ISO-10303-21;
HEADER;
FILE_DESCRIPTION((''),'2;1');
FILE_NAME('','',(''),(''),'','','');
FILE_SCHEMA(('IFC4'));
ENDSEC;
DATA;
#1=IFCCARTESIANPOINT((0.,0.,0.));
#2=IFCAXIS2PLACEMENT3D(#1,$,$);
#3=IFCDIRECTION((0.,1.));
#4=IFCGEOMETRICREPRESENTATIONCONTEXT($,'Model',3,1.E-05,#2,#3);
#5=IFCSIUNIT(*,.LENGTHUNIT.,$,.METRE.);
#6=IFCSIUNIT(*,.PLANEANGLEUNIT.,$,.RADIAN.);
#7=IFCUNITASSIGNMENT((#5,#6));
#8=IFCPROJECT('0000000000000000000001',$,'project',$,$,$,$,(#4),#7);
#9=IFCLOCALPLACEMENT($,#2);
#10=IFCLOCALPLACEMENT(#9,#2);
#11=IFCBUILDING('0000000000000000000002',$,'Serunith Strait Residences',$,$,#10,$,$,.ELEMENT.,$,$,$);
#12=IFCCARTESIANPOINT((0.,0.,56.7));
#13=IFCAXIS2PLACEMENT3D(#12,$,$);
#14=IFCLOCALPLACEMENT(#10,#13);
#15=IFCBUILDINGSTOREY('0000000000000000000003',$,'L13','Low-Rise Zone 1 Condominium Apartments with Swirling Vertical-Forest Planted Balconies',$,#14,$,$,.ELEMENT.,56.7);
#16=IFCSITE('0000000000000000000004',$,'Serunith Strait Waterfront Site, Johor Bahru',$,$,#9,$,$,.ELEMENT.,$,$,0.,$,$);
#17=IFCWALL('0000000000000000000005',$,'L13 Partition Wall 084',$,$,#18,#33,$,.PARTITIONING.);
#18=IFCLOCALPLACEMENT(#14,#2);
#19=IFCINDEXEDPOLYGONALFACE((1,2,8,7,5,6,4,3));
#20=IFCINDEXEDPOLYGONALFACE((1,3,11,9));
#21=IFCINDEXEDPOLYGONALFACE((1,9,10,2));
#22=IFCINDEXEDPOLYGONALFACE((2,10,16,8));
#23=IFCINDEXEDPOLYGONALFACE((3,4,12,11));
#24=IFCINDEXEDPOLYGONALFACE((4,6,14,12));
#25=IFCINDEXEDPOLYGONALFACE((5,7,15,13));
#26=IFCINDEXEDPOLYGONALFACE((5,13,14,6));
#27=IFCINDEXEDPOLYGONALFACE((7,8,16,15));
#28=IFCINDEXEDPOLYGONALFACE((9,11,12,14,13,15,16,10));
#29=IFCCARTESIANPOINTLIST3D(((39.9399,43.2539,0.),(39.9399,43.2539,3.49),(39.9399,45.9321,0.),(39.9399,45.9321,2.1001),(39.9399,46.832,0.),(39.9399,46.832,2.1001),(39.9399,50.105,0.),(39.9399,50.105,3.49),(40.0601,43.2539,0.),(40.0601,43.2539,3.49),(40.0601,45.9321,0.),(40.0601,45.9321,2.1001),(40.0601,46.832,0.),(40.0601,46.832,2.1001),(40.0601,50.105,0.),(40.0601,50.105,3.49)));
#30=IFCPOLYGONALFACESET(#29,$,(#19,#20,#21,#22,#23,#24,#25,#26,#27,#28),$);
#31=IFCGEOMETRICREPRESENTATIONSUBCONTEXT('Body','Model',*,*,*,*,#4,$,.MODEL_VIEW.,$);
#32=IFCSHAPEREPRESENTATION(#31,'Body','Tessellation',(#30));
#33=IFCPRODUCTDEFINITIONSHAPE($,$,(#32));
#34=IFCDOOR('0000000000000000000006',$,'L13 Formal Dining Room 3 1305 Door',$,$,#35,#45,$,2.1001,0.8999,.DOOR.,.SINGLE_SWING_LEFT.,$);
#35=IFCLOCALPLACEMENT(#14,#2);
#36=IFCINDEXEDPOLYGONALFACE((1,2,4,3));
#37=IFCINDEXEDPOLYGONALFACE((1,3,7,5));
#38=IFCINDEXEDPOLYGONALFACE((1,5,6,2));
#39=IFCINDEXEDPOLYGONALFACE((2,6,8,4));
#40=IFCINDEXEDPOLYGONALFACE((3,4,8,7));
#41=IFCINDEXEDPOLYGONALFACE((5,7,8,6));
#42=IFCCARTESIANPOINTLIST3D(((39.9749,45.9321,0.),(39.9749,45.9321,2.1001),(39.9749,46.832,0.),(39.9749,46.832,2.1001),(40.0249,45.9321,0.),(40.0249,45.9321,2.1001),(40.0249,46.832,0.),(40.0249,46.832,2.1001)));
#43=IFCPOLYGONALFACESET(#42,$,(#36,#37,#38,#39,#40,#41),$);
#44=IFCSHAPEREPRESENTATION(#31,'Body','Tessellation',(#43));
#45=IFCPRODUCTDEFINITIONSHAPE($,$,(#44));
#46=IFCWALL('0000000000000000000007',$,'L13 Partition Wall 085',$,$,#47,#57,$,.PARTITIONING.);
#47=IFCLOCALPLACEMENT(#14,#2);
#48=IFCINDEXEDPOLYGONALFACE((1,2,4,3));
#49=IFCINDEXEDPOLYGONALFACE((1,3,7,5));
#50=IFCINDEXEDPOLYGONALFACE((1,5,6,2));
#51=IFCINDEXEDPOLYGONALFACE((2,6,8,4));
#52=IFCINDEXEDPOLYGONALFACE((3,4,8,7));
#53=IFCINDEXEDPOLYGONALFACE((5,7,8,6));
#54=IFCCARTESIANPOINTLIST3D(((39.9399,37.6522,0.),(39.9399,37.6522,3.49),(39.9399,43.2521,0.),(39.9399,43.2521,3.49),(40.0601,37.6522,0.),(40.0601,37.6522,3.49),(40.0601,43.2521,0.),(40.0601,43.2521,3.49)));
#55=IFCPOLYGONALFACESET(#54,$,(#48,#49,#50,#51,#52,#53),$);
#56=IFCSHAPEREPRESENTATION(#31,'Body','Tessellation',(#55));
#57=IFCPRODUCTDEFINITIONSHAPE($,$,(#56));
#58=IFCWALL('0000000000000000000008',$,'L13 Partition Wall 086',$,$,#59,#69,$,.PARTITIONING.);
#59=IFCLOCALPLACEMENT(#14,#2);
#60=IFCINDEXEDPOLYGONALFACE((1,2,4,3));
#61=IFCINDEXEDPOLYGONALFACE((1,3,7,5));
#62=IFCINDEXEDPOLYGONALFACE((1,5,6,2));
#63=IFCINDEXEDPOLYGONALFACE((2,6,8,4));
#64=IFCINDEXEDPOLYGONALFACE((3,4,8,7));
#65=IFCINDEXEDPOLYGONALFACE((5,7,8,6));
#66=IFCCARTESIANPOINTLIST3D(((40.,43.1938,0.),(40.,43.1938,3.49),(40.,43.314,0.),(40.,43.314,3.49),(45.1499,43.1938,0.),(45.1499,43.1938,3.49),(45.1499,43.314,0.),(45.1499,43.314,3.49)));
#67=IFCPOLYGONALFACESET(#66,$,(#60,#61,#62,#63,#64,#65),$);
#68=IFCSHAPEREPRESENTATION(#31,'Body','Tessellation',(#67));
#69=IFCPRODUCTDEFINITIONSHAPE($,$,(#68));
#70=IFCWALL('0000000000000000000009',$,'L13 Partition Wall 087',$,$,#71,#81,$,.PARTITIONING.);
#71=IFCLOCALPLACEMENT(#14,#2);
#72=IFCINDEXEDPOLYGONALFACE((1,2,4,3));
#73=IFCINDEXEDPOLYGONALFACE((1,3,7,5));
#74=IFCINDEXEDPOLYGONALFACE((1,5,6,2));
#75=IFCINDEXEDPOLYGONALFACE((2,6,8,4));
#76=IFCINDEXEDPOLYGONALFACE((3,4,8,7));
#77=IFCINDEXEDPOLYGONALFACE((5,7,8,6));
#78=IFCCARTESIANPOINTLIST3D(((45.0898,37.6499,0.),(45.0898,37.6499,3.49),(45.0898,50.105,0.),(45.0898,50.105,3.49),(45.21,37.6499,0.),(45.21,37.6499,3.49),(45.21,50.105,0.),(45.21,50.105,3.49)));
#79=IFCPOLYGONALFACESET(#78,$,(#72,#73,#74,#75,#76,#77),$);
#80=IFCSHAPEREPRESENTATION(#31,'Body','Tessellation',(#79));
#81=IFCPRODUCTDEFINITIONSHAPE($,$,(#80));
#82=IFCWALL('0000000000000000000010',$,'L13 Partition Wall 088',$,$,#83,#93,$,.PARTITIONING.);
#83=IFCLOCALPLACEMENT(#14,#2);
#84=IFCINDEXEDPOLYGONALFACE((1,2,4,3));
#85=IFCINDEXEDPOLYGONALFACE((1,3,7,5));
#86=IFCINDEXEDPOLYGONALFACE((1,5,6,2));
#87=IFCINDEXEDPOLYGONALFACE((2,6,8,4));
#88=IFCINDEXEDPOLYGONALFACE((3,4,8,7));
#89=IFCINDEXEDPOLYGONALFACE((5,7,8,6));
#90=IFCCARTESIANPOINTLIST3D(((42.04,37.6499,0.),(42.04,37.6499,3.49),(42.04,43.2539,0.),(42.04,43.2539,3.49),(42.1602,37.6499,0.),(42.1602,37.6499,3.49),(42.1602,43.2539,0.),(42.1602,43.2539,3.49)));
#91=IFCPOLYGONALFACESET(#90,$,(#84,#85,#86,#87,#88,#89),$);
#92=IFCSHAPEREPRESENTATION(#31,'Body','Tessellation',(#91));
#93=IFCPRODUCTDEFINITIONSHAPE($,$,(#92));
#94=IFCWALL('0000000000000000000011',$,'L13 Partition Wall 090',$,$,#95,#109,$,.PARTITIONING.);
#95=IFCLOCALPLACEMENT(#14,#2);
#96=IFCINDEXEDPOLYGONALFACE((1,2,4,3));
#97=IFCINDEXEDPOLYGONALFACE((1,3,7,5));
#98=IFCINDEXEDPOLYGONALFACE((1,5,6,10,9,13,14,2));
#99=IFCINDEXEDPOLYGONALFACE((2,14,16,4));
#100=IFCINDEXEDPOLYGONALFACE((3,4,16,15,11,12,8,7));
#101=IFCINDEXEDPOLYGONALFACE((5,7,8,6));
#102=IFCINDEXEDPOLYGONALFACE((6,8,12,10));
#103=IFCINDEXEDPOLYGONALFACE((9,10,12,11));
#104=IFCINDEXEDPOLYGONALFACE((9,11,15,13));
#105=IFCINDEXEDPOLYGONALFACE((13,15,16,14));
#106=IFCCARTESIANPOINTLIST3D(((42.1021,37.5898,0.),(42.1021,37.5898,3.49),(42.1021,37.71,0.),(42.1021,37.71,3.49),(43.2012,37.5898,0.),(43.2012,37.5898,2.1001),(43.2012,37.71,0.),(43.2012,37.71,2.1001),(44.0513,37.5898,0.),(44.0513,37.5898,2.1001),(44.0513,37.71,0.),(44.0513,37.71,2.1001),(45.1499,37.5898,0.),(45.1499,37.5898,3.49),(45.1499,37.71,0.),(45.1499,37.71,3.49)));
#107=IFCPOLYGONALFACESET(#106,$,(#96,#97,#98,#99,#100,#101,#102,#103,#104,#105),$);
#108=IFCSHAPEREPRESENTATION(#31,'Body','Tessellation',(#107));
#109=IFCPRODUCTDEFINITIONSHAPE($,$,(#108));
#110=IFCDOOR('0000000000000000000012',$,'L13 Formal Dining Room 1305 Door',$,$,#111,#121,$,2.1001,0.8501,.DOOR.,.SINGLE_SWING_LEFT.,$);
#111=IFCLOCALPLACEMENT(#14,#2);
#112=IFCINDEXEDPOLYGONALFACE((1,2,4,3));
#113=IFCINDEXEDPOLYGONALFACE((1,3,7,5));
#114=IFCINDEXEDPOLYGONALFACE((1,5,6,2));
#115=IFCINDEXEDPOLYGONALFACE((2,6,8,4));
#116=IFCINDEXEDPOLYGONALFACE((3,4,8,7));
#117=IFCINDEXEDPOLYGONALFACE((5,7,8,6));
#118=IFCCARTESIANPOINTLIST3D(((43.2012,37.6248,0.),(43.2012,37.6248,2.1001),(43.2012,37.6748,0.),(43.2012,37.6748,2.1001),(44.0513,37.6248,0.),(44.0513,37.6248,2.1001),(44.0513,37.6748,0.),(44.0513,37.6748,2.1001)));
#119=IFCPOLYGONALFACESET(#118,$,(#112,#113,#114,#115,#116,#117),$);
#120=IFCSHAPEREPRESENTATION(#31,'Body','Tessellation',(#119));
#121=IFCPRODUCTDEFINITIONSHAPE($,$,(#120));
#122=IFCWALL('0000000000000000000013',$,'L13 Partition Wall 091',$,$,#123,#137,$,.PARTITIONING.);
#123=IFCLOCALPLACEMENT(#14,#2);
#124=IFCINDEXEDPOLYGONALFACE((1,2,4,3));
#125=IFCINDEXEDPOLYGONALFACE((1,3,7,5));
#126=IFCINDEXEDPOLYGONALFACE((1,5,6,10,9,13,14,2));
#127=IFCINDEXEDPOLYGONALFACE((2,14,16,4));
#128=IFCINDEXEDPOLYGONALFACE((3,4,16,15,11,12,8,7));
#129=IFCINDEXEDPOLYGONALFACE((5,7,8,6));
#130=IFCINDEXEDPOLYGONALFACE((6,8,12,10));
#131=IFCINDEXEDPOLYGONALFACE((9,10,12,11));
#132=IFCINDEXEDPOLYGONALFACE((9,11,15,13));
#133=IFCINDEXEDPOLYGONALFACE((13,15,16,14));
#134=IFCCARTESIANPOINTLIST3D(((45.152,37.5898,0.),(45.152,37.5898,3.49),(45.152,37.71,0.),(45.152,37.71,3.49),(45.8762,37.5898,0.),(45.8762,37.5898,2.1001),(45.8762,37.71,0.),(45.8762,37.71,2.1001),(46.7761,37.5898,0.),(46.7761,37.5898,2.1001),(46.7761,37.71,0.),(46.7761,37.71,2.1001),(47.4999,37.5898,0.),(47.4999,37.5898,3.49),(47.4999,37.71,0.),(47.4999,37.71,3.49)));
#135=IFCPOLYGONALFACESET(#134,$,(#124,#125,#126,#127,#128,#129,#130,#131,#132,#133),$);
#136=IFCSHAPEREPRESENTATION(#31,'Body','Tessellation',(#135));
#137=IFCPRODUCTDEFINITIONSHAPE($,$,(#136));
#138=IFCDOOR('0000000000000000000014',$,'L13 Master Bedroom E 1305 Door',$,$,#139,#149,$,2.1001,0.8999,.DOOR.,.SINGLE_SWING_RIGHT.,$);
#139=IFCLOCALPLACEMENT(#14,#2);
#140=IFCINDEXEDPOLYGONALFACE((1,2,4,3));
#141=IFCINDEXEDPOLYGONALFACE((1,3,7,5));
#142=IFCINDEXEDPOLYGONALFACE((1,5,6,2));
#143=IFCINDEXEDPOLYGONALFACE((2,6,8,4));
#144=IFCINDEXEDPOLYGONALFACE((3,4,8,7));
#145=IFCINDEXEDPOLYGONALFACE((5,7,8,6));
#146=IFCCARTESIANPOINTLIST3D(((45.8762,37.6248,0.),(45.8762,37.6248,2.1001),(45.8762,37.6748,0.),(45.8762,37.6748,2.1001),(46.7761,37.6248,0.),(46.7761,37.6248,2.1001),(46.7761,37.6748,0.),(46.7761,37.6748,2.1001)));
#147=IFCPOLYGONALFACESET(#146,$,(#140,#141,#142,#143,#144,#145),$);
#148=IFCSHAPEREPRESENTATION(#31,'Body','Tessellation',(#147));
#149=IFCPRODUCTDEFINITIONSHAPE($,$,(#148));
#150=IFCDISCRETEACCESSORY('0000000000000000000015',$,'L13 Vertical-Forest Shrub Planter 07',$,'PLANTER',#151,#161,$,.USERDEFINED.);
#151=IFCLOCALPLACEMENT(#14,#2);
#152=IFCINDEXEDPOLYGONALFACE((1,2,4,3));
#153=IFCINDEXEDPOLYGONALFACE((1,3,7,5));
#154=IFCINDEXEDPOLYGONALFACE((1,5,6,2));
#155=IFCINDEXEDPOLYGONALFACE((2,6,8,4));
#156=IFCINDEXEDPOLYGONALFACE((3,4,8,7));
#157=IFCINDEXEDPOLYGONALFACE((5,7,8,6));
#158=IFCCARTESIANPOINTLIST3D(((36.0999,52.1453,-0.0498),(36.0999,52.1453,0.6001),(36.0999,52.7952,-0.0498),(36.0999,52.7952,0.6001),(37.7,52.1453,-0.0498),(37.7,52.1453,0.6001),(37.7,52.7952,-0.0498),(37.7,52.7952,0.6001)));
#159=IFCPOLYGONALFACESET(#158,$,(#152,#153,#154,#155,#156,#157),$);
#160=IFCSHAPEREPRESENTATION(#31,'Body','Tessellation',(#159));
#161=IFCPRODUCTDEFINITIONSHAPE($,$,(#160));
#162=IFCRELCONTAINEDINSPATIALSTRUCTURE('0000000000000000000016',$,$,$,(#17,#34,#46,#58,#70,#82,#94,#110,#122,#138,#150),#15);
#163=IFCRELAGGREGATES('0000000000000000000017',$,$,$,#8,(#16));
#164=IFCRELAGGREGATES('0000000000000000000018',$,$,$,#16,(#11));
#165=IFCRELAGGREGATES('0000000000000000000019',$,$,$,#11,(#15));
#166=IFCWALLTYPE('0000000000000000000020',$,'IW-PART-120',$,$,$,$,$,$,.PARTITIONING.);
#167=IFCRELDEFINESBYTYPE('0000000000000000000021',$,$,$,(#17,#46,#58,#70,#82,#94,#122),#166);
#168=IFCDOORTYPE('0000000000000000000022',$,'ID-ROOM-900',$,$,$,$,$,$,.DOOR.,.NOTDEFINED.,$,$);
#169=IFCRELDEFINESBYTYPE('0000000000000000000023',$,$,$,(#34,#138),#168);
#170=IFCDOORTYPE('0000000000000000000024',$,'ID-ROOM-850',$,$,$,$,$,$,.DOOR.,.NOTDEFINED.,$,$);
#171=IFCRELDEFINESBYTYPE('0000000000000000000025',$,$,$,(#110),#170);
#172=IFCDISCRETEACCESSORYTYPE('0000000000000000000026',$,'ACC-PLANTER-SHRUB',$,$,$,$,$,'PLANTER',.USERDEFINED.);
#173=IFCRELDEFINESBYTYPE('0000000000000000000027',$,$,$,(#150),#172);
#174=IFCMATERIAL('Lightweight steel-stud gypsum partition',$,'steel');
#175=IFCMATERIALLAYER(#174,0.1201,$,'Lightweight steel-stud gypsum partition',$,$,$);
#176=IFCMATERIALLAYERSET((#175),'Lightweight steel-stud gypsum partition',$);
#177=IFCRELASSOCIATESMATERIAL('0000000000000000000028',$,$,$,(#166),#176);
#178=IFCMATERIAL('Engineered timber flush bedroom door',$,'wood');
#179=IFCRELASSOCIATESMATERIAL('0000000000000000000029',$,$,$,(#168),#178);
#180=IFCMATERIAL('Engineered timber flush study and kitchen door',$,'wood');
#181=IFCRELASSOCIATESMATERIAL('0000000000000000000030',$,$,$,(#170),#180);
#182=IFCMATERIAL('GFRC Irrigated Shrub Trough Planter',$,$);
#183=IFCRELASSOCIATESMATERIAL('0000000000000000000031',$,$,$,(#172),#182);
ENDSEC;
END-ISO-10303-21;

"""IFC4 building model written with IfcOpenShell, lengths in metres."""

from ifc_helpers import new_model, si_unit, direction, frame, frame_2d, origin, origin_2d, place, context, subcontext, project, spatial, rectangle, extrude, source, transform, mapped, material, layer, layer_set, type_object, element, fill, save


model = new_model("IFC4")

# Units and contexts
model_context = context("Model", 3, precision=1e-05, world=origin(), true_north=direction((0.0, 1.0)))
body_context = subcontext(model_context, "Body", "Model", "MODEL_VIEW")
ifc_project = project(units=[si_unit("LENGTHUNIT", "METRE"), si_unit("PLANEANGLEUNIT", "RADIAN")], contexts=[model_context])

# Site, building, storey
site_placement = place(None, origin())
site = spatial("IfcSite", under=ifc_project, at=site_placement, Name="Serunith Strait Waterfront Site, Johor Bahru", CompositionType="ELEMENT", RefElevation=0.0)
building_placement = place(site_placement, origin())
building = spatial("IfcBuilding", under=site, at=building_placement, Name="Serunith Strait Residences", CompositionType="ELEMENT")
storey_placement = place(building_placement, frame((0.0, 0.0, 56.7)))
storey = spatial("IfcBuildingStorey", under=building, at=storey_placement, Name="L13", Description="Low-Rise Zone 1 Condominium Apartments with Swirling Vertical-Forest Planted Balconies", CompositionType="ELEMENT", Elevation=56.7)

# Shared definitions
ifc_material_1 = material(Name="Lightweight steel-stud gypsum partition", Category="steel")
ifc_layer_1 = layer(ifc_material_1, 0.1201, Name="Lightweight steel-stud gypsum partition")
ifc_layer_set_1 = layer_set([ifc_layer_1], Name="Lightweight steel-stud gypsum partition")
wall_type_1 = type_object("IfcWallType", Name="IW-PART-120", PredefinedType="PARTITIONING", material=ifc_layer_set_1)

# Shared definitions
ifc_material_2 = material(Name="Engineered timber flush bedroom door", Category="wood")
door_type_1 = type_object("IfcDoorType", Name="ID-ROOM-900", OperationType="NOTDEFINED", PredefinedType="DOOR", material=ifc_material_2)
shared_shape_1 = source(origin(), body_context, "Body", "SweptSolid", [
    extrude(rectangle(XDim=0.8999, YDim=2.1001, at=frame_2d((0.45, 1.05))), frame((0.0, 0.0249, 0.0), z_axis=(0.0, -1.0, 0.0), x_axis=(1.0, 0.0, 0.0)), (0.0, 0.0, 1.0), 0.05),
])

# Wall, opening, door
wall_1_placement = place(storey_placement, frame((40.0, 50.105, 0.0), z_axis=(0.0, 0.0, 1.0), x_axis=(0.0, -1.0, 0.0)))
wall_1 = element("IfcWall", 1, at=wall_1_placement, inside=storey, type_object=wall_type_1, Name="L13 Partition Wall 084", PredefinedType="PARTITIONING", context=body_context, shape_type="SweptSolid", body=[
    extrude(rectangle(XDim=6.8511, YDim=0.1201, at=frame_2d((3.4255, 0.0))), origin(), (0.0, 0.0, 1.0), 3.49),
])
opening_1_placement = place(wall_1_placement, frame((3.2729, 0.0, 0.0)))
opening_1 = element("IfcOpeningElement", 2, at=opening_1_placement, cuts=wall_1, PredefinedType="OPENING", context=body_context, shape_type="SweptSolid", body=[
    extrude(rectangle(XDim=0.8999, YDim=2.1001, at=frame_2d((0.45, 1.05))), frame((0.0, 0.0701, 0.0), z_axis=(0.0, -1.0, 0.0), x_axis=(1.0, 0.0, 0.0)), (0.0, 0.0, 1.0), 0.1401),
])
door_1_placement = place(opening_1_placement, origin())
door_1 = element("IfcDoor", 3, at=door_1_placement, inside=storey, type_object=door_type_1, Name="L13 Formal Dining Room 3 1305 Door", OperationType="SINGLE_SWING_LEFT", OverallHeight=2.1001, OverallWidth=0.8999, PredefinedType="DOOR", context=body_context, shape_type="MappedRepresentation", body=[
    mapped(shared_shape_1, transform((0.0, 0.0, 0.0), scale=1.0)),
])
fill(opening_1, door_1)

# Walls
wall_2_placement = place(storey_placement, frame((40.0, 43.252, 0.0), z_axis=(0.0, 0.0, 1.0), x_axis=(0.0, -1.0, 0.0)))
element("IfcWall", 4, at=wall_2_placement, inside=storey, type_object=wall_type_1, Name="L13 Partition Wall 085", PredefinedType="PARTITIONING", context=body_context, shape_type="SweptSolid", body=[
    extrude(rectangle(XDim=5.5999, YDim=0.1201, at=frame_2d((2.7998, 0.0))), origin(), (0.0, 0.0, 1.0), 3.49),
])
wall_3_placement = place(storey_placement, frame((40.0, 43.2539, 0.0), z_axis=(0.0, 0.0, 1.0), x_axis=(1.0, 0.0, 0.0)))
element("IfcWall", 5, at=wall_3_placement, inside=storey, type_object=wall_type_1, Name="L13 Partition Wall 086", PredefinedType="PARTITIONING", context=body_context, shape_type="SweptSolid", body=[
    extrude(rectangle(XDim=5.1499, YDim=0.1201, at=frame_2d((2.575, 0.0))), origin(), (0.0, 0.0, 1.0), 3.49),
])
wall_4_placement = place(storey_placement, frame((45.1499, 50.105, 0.0), z_axis=(0.0, 0.0, 1.0), x_axis=(0.0, -1.0, 0.0)))
element("IfcWall", 6, at=wall_4_placement, inside=storey, type_object=wall_type_1, Name="L13 Partition Wall 087", PredefinedType="PARTITIONING", context=body_context, shape_type="SweptSolid", body=[
    extrude(rectangle(XDim=12.4551, YDim=0.1201, at=frame_2d((6.2275, 0.0))), origin(), (0.0, 0.0, 1.0), 3.49),
])
wall_5_placement = place(storey_placement, frame((42.1001, 43.2539, 0.0), z_axis=(0.0, 0.0, 1.0), x_axis=(0.0, -1.0, 0.0)))
element("IfcWall", 7, at=wall_5_placement, inside=storey, type_object=wall_type_1, Name="L13 Partition Wall 088", PredefinedType="PARTITIONING", context=body_context, shape_type="SweptSolid", body=[
    extrude(rectangle(XDim=5.604, YDim=0.1201, at=frame_2d((2.802, 0.0))), origin(), (0.0, 0.0, 1.0), 3.49),
])

# Walls, openings, doors
wall_6_placement = place(storey_placement, frame((42.1021, 37.6499, 0.0), z_axis=(0.0, 0.0, 1.0), x_axis=(1.0, 0.0, 0.0)))
wall_6 = element("IfcWall", 8, at=wall_6_placement, inside=storey, type_object=wall_type_1, Name="L13 Partition Wall 090", PredefinedType="PARTITIONING", context=body_context, shape_type="SweptSolid", body=[
    extrude(rectangle(XDim=3.0479, YDim=0.1201, at=frame_2d((1.5239, 0.0))), origin(), (0.0, 0.0, 1.0), 3.49),
])
opening_2_placement = place(wall_6_placement, frame((1.0991, 0.0, 0.0)))
opening_2 = element("IfcOpeningElement", 9, at=opening_2_placement, cuts=wall_6, PredefinedType="OPENING", context=body_context, shape_type="SweptSolid", body=[
    extrude(rectangle(XDim=0.8501, YDim=2.1001, at=frame_2d((0.425, 1.05))), frame((0.0, 0.0701, 0.0), z_axis=(0.0, -1.0, 0.0), x_axis=(1.0, 0.0, 0.0)), (0.0, 0.0, 1.0), 0.1401),
])
ifc_material_3 = material(Name="Engineered timber flush study and kitchen door", Category="wood")
door_type_2 = type_object("IfcDoorType", Name="ID-ROOM-850", OperationType="NOTDEFINED", PredefinedType="DOOR", material=ifc_material_3)
shared_shape_2 = source(origin(), body_context, "Body", "SweptSolid", [
    extrude(rectangle(XDim=0.8501, YDim=2.1001, at=frame_2d((0.425, 1.05))), frame((0.0, 0.0249, 0.0), z_axis=(0.0, -1.0, 0.0), x_axis=(1.0, 0.0, 0.0)), (0.0, 0.0, 1.0), 0.05),
])
door_2_placement = place(opening_2_placement, origin())
door_2 = element("IfcDoor", 10, at=door_2_placement, inside=storey, type_object=door_type_2, Name="L13 Formal Dining Room 1305 Door", OperationType="SINGLE_SWING_LEFT", OverallHeight=2.1001, OverallWidth=0.8501, PredefinedType="DOOR", context=body_context, shape_type="MappedRepresentation", body=[
    mapped(shared_shape_2, transform((0.0, 0.0, 0.0), scale=1.0)),
])
fill(opening_2, door_2)
wall_7_placement = place(storey_placement, frame((45.1521, 37.6499, 0.0), z_axis=(0.0, 0.0, 1.0), x_axis=(1.0, 0.0, 0.0)))
wall_7 = element("IfcWall", 11, at=wall_7_placement, inside=storey, type_object=wall_type_1, Name="L13 Partition Wall 091", PredefinedType="PARTITIONING", context=body_context, shape_type="SweptSolid", body=[
    extrude(rectangle(XDim=2.3479, YDim=0.1201, at=frame_2d((1.1738, 0.0))), origin(), (0.0, 0.0, 1.0), 3.49),
])
opening_3_placement = place(wall_7_placement, frame((0.7241, 0.0, 0.0)))
opening_3 = element("IfcOpeningElement", 12, at=opening_3_placement, cuts=wall_7, PredefinedType="OPENING", context=body_context, shape_type="SweptSolid", body=[
    extrude(rectangle(XDim=0.8999, YDim=2.1001, at=frame_2d((0.45, 1.05))), frame((0.0, 0.0701, 0.0), z_axis=(0.0, -1.0, 0.0), x_axis=(1.0, 0.0, 0.0)), (0.0, 0.0, 1.0), 0.1401),
])
door_3_placement = place(opening_3_placement, origin())
door_3 = element("IfcDoor", 13, at=door_3_placement, inside=storey, type_object=door_type_1, Name="L13 Master Bedroom E 1305 Door", OperationType="SINGLE_SWING_RIGHT", OverallHeight=2.1001, OverallWidth=0.8999, PredefinedType="DOOR", context=body_context, shape_type="MappedRepresentation", body=[
    mapped(shared_shape_1, transform((0.0, 0.0, 0.0), scale=1.0)),
])
fill(opening_3, door_3)

# Discrete accessory
ifc_material_4 = material(Name="GFRC Irrigated Shrub Trough Planter")
discrete_accessory_type = type_object("IfcDiscreteAccessoryType", Name="ACC-PLANTER-SHRUB", ElementType="PLANTER", PredefinedType="USERDEFINED", material=ifc_material_4)
shared_shape_3 = source(origin(), body_context, "Body", "SweptSolid", [
    extrude(rectangle(XDim=1.6001, YDim=0.6499, at=origin_2d()), origin(), (0.0, 0.0, 1.0), 0.6499),
])
discrete_accessory_placement = place(storey_placement, frame((36.8999, 52.4702, -0.0498), z_axis=(0.0, 0.0, 1.0), x_axis=(-1.0, 0.0, 0.0)))
element("IfcDiscreteAccessory", 14, at=discrete_accessory_placement, inside=storey, type_object=discrete_accessory_type, Name="L13 Vertical-Forest Shrub Planter 07", ObjectType="PLANTER", PredefinedType="USERDEFINED", context=body_context, shape_type="MappedRepresentation", body=[
    mapped(shared_shape_3, transform((0.0, 0.0, 0.0), scale=1.0)),
])

save(model, "model.ifc")
